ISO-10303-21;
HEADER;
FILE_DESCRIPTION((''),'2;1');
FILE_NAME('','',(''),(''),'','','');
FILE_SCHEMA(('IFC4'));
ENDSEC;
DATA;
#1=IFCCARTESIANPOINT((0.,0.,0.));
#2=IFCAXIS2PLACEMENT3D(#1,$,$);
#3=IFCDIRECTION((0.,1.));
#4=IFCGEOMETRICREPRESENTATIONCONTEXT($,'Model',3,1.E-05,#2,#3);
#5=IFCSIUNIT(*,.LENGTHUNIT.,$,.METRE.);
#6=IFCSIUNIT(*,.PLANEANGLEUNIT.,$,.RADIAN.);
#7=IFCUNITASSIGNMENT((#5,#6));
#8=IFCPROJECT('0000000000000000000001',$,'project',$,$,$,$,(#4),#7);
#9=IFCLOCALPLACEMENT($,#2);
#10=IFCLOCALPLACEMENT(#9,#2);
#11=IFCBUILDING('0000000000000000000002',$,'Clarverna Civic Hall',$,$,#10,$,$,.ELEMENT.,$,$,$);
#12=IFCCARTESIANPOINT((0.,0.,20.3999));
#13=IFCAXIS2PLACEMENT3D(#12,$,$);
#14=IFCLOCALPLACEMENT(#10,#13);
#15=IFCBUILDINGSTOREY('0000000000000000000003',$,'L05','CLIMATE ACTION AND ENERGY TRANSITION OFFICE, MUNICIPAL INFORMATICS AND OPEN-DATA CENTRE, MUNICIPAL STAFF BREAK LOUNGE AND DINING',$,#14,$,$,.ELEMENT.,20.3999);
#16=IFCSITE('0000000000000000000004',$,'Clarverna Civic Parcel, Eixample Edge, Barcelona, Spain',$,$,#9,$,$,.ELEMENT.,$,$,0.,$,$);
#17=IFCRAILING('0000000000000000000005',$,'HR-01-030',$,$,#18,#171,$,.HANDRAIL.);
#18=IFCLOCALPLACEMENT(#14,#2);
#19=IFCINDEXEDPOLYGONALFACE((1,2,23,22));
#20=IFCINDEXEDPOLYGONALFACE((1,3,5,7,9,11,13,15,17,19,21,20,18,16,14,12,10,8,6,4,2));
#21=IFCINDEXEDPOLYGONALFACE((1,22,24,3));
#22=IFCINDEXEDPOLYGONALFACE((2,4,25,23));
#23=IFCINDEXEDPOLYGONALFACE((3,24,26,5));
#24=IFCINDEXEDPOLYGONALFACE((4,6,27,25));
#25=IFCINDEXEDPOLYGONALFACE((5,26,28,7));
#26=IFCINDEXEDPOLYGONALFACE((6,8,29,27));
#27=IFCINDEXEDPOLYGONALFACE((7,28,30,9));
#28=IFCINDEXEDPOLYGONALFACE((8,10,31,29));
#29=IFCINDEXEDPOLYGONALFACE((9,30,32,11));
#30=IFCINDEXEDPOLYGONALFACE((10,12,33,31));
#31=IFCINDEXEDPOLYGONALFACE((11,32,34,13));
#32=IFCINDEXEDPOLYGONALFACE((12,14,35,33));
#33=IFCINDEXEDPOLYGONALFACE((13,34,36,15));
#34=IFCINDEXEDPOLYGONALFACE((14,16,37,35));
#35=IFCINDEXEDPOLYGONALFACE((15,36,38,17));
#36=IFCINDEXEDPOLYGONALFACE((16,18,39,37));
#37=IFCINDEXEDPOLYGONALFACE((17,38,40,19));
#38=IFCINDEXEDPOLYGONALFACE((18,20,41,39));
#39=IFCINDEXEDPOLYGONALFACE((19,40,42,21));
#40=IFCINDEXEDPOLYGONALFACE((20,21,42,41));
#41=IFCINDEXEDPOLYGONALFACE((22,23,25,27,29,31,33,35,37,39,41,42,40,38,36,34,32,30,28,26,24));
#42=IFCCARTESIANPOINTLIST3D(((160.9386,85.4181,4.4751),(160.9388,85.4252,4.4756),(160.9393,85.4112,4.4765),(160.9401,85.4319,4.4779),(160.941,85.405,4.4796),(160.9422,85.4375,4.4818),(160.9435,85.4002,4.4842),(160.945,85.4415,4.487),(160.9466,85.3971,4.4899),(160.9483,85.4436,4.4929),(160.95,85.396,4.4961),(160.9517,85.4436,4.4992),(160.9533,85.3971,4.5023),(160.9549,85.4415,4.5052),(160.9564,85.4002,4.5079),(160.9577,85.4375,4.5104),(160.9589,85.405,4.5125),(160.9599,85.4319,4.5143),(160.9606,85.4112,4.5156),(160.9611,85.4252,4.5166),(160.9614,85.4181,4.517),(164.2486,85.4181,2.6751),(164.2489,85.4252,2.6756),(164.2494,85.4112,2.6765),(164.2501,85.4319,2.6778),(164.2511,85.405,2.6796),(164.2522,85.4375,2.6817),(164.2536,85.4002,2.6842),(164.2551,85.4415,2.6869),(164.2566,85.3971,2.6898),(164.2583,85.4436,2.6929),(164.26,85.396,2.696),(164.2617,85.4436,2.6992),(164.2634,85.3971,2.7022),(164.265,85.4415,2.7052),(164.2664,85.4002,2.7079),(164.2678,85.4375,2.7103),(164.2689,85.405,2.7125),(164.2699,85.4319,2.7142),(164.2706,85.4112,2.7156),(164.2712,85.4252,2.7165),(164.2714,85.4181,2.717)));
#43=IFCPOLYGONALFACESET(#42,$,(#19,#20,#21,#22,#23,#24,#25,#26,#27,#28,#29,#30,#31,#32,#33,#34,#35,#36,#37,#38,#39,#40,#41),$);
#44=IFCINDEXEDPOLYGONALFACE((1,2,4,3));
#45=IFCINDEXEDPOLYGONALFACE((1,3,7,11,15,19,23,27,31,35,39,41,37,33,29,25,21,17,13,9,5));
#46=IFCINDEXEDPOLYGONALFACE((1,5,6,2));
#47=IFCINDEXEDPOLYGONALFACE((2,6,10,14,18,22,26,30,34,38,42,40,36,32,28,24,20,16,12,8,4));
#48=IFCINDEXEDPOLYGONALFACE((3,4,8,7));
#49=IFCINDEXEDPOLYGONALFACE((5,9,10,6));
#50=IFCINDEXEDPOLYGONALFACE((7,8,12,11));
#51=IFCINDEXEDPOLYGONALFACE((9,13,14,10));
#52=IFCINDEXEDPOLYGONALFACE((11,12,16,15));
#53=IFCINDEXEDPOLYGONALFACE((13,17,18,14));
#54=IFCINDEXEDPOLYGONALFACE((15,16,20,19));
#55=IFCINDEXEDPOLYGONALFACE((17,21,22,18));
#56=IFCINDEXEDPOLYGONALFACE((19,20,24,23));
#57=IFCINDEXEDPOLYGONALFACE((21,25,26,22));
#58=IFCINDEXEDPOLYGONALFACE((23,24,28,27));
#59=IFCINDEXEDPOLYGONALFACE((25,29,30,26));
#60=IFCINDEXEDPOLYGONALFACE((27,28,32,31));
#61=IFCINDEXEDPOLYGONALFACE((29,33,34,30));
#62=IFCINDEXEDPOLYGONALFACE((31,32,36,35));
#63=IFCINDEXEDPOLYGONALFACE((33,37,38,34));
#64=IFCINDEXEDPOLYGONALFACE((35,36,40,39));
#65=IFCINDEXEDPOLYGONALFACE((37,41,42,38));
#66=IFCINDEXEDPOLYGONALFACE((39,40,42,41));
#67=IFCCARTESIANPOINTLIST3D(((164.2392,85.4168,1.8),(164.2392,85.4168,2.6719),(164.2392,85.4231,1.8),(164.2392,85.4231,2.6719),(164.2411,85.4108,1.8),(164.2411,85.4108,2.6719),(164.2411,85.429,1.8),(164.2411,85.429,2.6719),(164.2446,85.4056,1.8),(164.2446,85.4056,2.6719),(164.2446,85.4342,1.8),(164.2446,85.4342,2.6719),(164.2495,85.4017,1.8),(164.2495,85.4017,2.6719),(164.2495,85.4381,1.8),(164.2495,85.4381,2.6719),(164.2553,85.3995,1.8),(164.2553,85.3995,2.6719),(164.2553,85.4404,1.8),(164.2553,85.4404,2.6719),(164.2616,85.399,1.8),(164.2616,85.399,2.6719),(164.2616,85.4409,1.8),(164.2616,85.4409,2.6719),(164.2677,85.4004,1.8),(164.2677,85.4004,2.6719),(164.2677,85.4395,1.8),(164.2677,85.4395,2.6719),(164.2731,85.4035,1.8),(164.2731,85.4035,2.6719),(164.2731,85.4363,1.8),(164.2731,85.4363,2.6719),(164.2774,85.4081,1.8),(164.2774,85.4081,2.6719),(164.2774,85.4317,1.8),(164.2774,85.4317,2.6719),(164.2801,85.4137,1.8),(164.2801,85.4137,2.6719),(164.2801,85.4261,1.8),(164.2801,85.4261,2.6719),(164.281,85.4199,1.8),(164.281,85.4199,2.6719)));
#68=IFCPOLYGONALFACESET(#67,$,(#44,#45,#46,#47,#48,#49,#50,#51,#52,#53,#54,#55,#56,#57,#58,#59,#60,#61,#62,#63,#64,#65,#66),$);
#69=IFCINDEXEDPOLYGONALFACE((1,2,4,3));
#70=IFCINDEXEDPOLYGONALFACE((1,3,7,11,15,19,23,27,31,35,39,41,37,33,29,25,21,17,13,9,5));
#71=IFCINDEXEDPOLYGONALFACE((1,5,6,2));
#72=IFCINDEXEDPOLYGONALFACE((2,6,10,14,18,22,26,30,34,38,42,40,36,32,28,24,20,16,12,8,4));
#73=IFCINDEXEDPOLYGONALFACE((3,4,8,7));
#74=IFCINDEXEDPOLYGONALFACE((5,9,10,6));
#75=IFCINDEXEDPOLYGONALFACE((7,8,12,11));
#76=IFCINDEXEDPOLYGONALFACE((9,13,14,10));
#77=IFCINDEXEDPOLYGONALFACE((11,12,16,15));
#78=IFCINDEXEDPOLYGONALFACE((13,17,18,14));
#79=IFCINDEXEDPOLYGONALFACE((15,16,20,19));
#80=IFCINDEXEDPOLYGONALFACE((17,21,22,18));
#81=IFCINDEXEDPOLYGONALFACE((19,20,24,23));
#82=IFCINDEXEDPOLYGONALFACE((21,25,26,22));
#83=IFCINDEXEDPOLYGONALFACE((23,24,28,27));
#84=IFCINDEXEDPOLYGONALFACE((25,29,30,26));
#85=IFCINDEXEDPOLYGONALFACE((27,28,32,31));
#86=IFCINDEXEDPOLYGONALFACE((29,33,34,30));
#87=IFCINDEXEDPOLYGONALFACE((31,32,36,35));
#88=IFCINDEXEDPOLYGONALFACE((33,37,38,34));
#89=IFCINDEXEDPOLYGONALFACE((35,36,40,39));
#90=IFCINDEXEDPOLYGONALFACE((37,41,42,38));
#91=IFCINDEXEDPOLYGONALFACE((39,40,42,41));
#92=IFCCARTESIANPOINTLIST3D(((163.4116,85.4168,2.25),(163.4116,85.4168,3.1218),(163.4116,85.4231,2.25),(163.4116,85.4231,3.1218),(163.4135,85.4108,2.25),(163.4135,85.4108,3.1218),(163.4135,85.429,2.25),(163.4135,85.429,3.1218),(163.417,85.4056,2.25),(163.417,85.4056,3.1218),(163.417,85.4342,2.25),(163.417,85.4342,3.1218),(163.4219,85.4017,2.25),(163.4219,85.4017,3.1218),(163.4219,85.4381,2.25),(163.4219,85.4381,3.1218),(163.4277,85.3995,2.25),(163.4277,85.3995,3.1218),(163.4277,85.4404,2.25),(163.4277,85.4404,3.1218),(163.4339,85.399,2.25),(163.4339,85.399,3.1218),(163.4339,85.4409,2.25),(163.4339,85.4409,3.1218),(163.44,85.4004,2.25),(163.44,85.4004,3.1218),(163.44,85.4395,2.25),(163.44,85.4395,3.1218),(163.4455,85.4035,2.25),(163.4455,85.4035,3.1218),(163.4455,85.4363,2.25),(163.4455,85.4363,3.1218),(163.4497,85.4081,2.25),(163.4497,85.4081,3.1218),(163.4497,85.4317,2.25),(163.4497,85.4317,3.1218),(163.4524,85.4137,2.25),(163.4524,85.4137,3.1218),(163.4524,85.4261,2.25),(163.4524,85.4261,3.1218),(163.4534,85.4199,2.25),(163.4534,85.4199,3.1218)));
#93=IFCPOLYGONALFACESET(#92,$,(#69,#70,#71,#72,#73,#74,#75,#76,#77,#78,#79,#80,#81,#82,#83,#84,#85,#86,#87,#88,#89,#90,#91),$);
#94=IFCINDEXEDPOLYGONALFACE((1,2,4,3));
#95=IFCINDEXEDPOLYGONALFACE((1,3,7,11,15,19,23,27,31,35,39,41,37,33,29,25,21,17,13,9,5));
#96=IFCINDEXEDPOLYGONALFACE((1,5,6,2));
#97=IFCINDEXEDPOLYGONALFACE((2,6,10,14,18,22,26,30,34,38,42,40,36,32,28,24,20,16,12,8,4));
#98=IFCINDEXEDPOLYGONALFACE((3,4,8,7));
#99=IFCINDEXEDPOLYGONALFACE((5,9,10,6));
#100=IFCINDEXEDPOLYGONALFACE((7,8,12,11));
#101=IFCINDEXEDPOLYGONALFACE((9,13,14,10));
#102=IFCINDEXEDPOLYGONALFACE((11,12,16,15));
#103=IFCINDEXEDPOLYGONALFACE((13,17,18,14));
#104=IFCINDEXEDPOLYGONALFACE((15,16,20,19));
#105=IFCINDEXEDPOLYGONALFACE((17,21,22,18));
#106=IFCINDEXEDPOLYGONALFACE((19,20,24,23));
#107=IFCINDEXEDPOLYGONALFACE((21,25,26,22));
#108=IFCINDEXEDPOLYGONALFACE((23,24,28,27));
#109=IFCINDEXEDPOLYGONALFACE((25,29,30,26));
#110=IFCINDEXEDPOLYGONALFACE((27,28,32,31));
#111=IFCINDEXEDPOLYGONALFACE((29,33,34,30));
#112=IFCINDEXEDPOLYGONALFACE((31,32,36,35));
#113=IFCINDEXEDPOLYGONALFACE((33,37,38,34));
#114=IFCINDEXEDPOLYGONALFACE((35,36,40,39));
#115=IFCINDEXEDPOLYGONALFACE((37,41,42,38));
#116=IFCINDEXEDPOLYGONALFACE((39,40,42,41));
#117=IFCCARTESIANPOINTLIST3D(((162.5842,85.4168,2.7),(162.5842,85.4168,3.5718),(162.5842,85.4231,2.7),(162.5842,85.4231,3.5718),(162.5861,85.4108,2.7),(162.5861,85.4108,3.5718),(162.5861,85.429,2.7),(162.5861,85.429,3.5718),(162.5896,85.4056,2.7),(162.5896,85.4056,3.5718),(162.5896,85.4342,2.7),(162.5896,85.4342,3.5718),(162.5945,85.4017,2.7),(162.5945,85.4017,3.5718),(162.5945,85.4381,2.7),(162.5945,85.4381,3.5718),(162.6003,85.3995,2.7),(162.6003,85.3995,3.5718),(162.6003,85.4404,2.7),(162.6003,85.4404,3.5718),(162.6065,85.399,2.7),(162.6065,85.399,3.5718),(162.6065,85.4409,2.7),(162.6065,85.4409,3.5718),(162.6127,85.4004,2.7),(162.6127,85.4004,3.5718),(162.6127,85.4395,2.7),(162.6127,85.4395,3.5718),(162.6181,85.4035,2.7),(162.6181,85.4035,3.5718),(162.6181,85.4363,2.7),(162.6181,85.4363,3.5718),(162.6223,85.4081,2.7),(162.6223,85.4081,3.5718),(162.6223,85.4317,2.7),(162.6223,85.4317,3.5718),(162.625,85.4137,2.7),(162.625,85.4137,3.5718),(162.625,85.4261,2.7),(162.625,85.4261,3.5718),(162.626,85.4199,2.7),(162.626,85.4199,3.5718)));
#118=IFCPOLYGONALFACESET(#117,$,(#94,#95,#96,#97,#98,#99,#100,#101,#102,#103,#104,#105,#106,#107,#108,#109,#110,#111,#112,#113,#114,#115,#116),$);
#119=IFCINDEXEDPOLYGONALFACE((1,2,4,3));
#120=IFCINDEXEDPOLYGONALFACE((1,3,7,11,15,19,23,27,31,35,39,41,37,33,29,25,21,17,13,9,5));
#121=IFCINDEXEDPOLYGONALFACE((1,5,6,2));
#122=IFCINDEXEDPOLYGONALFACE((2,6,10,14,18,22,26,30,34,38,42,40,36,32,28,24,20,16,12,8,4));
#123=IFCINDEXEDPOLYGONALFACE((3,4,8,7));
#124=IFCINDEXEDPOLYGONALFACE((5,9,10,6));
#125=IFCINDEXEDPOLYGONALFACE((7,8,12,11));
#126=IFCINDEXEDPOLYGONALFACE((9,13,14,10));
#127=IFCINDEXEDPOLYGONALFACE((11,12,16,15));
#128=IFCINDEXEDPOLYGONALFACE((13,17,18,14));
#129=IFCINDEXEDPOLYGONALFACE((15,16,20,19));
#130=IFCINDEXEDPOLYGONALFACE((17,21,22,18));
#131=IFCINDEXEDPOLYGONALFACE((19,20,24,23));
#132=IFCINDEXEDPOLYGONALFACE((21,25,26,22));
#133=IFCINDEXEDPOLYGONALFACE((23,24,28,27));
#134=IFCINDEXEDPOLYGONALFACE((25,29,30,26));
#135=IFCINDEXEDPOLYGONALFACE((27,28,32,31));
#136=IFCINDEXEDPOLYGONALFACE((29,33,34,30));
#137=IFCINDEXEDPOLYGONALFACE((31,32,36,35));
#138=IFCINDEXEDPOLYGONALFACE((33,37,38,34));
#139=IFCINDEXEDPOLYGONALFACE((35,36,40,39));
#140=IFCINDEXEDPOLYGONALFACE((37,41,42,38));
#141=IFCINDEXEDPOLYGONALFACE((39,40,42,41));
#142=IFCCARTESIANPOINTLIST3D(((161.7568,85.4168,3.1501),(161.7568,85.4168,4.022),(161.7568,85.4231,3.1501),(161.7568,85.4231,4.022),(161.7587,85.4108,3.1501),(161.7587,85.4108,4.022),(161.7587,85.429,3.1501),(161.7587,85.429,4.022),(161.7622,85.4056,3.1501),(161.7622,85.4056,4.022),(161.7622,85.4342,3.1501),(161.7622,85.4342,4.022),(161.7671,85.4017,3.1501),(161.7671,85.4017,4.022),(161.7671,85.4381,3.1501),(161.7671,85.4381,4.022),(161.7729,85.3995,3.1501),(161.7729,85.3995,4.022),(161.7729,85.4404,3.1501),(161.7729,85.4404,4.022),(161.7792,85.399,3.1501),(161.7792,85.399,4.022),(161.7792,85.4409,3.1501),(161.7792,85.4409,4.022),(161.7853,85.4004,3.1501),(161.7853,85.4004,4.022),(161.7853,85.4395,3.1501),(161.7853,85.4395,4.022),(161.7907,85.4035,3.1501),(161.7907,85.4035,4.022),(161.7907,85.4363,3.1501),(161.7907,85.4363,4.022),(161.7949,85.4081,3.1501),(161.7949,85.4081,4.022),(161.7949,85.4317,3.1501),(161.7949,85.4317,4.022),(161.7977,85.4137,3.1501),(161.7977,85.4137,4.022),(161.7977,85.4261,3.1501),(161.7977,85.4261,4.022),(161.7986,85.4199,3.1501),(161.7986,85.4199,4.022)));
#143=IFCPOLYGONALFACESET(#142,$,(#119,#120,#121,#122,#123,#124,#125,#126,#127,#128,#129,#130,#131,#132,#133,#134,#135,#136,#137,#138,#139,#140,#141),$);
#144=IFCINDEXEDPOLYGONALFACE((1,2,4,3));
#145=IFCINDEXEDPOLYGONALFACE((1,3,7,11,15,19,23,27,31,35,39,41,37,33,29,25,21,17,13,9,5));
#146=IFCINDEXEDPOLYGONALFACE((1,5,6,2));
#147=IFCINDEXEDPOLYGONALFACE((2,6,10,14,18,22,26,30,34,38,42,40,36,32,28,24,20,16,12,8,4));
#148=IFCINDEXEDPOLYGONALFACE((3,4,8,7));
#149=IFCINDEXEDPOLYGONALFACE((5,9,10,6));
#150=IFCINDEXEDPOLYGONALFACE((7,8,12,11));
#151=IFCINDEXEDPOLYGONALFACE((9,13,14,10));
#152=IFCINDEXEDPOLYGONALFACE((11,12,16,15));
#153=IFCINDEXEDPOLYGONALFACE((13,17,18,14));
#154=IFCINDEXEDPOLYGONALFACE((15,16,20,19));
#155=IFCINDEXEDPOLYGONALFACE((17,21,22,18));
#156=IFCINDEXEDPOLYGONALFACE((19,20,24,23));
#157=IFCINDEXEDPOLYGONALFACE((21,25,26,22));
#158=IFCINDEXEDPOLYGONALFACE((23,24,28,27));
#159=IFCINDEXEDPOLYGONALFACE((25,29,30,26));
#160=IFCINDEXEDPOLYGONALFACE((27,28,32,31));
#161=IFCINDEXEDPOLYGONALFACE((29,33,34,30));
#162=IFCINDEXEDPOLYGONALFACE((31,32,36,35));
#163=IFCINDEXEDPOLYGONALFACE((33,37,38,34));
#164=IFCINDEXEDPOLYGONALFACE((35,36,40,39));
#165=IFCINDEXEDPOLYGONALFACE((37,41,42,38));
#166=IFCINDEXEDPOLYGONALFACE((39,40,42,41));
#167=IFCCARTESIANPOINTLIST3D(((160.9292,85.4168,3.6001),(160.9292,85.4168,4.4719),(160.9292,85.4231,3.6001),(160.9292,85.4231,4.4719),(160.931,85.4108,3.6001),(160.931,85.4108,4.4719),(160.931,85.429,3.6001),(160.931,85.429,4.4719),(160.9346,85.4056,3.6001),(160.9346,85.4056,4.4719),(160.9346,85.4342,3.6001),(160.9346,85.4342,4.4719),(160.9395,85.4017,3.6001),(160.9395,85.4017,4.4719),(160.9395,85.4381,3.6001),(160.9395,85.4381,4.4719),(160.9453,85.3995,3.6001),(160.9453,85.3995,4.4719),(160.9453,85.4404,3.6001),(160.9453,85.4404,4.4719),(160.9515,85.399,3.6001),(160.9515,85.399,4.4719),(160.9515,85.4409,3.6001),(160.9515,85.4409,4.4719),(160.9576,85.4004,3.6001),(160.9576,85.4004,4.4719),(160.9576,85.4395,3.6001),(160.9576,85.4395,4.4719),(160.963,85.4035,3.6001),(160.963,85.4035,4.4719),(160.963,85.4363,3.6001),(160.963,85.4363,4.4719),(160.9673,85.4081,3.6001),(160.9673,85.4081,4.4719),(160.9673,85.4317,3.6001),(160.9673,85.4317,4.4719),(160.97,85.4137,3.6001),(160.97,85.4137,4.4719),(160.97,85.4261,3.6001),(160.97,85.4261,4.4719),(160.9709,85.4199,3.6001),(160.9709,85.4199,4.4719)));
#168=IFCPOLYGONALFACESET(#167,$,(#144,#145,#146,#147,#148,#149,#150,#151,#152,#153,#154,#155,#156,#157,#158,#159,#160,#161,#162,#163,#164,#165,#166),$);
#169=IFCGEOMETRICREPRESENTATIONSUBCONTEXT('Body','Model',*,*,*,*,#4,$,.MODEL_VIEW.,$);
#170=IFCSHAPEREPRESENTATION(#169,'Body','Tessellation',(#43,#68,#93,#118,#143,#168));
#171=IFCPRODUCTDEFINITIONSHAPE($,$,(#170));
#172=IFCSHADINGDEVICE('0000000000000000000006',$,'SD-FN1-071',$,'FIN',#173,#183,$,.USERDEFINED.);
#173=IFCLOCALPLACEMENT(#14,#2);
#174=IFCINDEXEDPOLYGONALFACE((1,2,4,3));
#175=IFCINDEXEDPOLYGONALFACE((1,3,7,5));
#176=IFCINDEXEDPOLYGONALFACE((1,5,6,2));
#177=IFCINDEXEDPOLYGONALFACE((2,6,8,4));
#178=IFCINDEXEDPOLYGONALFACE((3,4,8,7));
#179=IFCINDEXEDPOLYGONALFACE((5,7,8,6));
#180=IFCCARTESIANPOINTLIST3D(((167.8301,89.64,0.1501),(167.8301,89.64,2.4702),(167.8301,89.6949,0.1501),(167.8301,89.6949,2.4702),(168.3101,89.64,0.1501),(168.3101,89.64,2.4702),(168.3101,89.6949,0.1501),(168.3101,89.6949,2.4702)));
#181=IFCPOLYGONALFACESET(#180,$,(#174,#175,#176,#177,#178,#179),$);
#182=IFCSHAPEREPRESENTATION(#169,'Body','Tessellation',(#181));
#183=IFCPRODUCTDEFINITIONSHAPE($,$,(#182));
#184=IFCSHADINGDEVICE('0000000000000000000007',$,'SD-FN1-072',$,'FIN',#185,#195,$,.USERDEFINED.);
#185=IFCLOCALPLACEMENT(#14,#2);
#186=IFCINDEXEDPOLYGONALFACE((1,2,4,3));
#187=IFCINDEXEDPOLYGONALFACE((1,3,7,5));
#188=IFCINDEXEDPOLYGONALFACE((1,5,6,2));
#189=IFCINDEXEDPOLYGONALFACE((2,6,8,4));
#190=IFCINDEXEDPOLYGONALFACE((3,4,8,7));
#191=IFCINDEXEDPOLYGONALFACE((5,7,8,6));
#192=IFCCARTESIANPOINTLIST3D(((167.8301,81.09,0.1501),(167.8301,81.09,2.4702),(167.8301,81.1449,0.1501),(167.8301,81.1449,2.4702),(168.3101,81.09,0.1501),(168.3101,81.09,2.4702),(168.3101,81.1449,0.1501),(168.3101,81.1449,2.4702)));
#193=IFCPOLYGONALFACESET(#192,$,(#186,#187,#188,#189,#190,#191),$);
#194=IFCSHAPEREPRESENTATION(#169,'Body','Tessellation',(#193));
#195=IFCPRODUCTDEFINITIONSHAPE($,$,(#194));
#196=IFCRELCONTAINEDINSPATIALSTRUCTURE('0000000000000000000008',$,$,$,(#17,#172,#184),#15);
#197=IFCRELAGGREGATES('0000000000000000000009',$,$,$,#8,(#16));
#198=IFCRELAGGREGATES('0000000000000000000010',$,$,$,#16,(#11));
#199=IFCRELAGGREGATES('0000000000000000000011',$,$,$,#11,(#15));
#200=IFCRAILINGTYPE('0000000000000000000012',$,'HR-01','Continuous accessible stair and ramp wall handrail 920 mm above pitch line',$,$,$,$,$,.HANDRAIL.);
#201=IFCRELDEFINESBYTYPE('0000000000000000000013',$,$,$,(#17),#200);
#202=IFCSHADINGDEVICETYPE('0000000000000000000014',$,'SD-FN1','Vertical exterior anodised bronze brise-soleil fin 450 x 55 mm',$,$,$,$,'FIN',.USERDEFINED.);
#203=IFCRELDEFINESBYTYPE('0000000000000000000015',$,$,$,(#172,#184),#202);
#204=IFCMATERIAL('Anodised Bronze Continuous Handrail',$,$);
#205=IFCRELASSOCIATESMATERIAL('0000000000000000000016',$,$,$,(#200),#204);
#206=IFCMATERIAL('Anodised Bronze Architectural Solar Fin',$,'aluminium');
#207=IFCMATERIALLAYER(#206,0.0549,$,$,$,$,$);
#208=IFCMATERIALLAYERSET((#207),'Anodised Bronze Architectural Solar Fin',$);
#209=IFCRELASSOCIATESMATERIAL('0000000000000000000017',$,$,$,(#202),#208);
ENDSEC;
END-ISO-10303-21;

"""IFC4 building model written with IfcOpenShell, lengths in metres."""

from ifc_helpers import new_model, si_unit, direction, frame, frame_2d, origin, origin_2d, place, context, subcontext, project, spatial, rectangle, circle, extrude, material, layer, layer_set, type_object, element, save


model = new_model("IFC4")

# Units and contexts
model_context = context("Model", 3, precision=1e-05, world=origin(), true_north=direction((0.0, 1.0)))
body_context = subcontext(model_context, "Body", "Model", "MODEL_VIEW")
ifc_project = project(units=[si_unit("LENGTHUNIT", "METRE"), si_unit("PLANEANGLEUNIT", "RADIAN")], contexts=[model_context])

# Site, building, storey
site_placement = place(None, origin())
site = spatial("IfcSite", under=ifc_project, at=site_placement, Name="Clarverna Civic Parcel, Eixample Edge, Barcelona, Spain", CompositionType="ELEMENT", RefElevation=0.0)
building_placement = place(site_placement, origin())
building = spatial("IfcBuilding", under=site, at=building_placement, Name="Clarverna Civic Hall", CompositionType="ELEMENT")
storey_placement = place(building_placement, frame((0.0, 0.0, 20.3999)))
storey = spatial("IfcBuildingStorey", under=building, at=storey_placement, Name="L05", Description="CLIMATE ACTION AND ENERGY TRANSITION OFFICE, MUNICIPAL INFORMATICS AND OPEN-DATA CENTRE, MUNICIPAL STAFF BREAK LOUNGE AND DINING", CompositionType="ELEMENT", Elevation=20.3999)

# Railing
ifc_material_1 = material(Name="Anodised Bronze Continuous Handrail")
railing_type_1 = type_object("IfcRailingType", Name="HR-01", Description="Continuous accessible stair and ramp wall handrail 920 mm above pitch line", PredefinedType="HANDRAIL", material=ifc_material_1)
railing_1_placement = place(storey_placement, frame((164.26, 85.4199, 1.8)))
element("IfcRailing", 1, at=railing_1_placement, inside=storey, type_object=railing_type_1, Name="HR-01-030", PredefinedType="HANDRAIL", context=body_context, shape_type="SweptSolid", body=[
    extrude(circle(Radius=0.0239, at=origin_2d()), frame((0.0, 0.0, 0.896), z_axis=(-0.878502, 0.0, 0.477739), x_axis=(0.0, -1.0, 0.0)), (0.0, 0.0, 1.0), 3.7678),
    extrude(circle(Radius=0.021, at=origin_2d()), origin(), (0.0, 0.0, 1.0), 0.8718),
    extrude(circle(Radius=0.021, at=origin_2d()), frame((-0.8276, 0.0, 0.45)), (0.0, 0.0, 1.0), 0.8718),
    extrude(circle(Radius=0.021, at=origin_2d()), frame((-1.655, 0.0, 0.8999)), (0.0, 0.0, 1.0), 0.8718),
    extrude(circle(Radius=0.021, at=origin_2d()), frame((-2.4824, 0.0, 1.3501)), (0.0, 0.0, 1.0), 0.8718),
    extrude(circle(Radius=0.021, at=origin_2d()), frame((-3.3101, 0.0, 1.8)), (0.0, 0.0, 1.0), 0.8718),
])

# Shading devices
ifc_material_2 = material(Name="Anodised Bronze Architectural Solar Fin", Category="aluminium")
ifc_layer_1 = layer(ifc_material_2, 0.0549)
ifc_layer_set_1 = layer_set([ifc_layer_1], Name="Anodised Bronze Architectural Solar Fin")
shading_device_type = type_object("IfcShadingDeviceType", Name="SD-FN1", Description="Vertical exterior anodised bronze brise-soleil fin 450 x 55 mm", ElementType="FIN", PredefinedType="USERDEFINED", material=ifc_layer_set_1)
for number, where, z_axis, x_axis, name in (
    (2, (167.8301, 89.6675, 0.1501), (0.0, 0.0, 1.0), (1.0, 0.0, 0.0), "SD-FN1-071"),
    (3, (167.8301, 81.1174, 0.1501), (0.0, 0.0, 1.0), (1.0, 0.0, 0.0), "SD-FN1-072"),
):
    element("IfcShadingDevice", number, at=place(storey_placement, frame(where, z_axis=z_axis, x_axis=x_axis)), inside=storey, type_object=shading_device_type, Name=name, ObjectType="FIN", PredefinedType="USERDEFINED", context=body_context, shape_type="SweptSolid", body=[
        extrude(rectangle(XDim=0.48, YDim=0.0549, at=frame_2d((0.24, 0.0))), origin(), (0.0, 0.0, 1.0), 2.3201),
    ])

save(model, "model.ifc")
